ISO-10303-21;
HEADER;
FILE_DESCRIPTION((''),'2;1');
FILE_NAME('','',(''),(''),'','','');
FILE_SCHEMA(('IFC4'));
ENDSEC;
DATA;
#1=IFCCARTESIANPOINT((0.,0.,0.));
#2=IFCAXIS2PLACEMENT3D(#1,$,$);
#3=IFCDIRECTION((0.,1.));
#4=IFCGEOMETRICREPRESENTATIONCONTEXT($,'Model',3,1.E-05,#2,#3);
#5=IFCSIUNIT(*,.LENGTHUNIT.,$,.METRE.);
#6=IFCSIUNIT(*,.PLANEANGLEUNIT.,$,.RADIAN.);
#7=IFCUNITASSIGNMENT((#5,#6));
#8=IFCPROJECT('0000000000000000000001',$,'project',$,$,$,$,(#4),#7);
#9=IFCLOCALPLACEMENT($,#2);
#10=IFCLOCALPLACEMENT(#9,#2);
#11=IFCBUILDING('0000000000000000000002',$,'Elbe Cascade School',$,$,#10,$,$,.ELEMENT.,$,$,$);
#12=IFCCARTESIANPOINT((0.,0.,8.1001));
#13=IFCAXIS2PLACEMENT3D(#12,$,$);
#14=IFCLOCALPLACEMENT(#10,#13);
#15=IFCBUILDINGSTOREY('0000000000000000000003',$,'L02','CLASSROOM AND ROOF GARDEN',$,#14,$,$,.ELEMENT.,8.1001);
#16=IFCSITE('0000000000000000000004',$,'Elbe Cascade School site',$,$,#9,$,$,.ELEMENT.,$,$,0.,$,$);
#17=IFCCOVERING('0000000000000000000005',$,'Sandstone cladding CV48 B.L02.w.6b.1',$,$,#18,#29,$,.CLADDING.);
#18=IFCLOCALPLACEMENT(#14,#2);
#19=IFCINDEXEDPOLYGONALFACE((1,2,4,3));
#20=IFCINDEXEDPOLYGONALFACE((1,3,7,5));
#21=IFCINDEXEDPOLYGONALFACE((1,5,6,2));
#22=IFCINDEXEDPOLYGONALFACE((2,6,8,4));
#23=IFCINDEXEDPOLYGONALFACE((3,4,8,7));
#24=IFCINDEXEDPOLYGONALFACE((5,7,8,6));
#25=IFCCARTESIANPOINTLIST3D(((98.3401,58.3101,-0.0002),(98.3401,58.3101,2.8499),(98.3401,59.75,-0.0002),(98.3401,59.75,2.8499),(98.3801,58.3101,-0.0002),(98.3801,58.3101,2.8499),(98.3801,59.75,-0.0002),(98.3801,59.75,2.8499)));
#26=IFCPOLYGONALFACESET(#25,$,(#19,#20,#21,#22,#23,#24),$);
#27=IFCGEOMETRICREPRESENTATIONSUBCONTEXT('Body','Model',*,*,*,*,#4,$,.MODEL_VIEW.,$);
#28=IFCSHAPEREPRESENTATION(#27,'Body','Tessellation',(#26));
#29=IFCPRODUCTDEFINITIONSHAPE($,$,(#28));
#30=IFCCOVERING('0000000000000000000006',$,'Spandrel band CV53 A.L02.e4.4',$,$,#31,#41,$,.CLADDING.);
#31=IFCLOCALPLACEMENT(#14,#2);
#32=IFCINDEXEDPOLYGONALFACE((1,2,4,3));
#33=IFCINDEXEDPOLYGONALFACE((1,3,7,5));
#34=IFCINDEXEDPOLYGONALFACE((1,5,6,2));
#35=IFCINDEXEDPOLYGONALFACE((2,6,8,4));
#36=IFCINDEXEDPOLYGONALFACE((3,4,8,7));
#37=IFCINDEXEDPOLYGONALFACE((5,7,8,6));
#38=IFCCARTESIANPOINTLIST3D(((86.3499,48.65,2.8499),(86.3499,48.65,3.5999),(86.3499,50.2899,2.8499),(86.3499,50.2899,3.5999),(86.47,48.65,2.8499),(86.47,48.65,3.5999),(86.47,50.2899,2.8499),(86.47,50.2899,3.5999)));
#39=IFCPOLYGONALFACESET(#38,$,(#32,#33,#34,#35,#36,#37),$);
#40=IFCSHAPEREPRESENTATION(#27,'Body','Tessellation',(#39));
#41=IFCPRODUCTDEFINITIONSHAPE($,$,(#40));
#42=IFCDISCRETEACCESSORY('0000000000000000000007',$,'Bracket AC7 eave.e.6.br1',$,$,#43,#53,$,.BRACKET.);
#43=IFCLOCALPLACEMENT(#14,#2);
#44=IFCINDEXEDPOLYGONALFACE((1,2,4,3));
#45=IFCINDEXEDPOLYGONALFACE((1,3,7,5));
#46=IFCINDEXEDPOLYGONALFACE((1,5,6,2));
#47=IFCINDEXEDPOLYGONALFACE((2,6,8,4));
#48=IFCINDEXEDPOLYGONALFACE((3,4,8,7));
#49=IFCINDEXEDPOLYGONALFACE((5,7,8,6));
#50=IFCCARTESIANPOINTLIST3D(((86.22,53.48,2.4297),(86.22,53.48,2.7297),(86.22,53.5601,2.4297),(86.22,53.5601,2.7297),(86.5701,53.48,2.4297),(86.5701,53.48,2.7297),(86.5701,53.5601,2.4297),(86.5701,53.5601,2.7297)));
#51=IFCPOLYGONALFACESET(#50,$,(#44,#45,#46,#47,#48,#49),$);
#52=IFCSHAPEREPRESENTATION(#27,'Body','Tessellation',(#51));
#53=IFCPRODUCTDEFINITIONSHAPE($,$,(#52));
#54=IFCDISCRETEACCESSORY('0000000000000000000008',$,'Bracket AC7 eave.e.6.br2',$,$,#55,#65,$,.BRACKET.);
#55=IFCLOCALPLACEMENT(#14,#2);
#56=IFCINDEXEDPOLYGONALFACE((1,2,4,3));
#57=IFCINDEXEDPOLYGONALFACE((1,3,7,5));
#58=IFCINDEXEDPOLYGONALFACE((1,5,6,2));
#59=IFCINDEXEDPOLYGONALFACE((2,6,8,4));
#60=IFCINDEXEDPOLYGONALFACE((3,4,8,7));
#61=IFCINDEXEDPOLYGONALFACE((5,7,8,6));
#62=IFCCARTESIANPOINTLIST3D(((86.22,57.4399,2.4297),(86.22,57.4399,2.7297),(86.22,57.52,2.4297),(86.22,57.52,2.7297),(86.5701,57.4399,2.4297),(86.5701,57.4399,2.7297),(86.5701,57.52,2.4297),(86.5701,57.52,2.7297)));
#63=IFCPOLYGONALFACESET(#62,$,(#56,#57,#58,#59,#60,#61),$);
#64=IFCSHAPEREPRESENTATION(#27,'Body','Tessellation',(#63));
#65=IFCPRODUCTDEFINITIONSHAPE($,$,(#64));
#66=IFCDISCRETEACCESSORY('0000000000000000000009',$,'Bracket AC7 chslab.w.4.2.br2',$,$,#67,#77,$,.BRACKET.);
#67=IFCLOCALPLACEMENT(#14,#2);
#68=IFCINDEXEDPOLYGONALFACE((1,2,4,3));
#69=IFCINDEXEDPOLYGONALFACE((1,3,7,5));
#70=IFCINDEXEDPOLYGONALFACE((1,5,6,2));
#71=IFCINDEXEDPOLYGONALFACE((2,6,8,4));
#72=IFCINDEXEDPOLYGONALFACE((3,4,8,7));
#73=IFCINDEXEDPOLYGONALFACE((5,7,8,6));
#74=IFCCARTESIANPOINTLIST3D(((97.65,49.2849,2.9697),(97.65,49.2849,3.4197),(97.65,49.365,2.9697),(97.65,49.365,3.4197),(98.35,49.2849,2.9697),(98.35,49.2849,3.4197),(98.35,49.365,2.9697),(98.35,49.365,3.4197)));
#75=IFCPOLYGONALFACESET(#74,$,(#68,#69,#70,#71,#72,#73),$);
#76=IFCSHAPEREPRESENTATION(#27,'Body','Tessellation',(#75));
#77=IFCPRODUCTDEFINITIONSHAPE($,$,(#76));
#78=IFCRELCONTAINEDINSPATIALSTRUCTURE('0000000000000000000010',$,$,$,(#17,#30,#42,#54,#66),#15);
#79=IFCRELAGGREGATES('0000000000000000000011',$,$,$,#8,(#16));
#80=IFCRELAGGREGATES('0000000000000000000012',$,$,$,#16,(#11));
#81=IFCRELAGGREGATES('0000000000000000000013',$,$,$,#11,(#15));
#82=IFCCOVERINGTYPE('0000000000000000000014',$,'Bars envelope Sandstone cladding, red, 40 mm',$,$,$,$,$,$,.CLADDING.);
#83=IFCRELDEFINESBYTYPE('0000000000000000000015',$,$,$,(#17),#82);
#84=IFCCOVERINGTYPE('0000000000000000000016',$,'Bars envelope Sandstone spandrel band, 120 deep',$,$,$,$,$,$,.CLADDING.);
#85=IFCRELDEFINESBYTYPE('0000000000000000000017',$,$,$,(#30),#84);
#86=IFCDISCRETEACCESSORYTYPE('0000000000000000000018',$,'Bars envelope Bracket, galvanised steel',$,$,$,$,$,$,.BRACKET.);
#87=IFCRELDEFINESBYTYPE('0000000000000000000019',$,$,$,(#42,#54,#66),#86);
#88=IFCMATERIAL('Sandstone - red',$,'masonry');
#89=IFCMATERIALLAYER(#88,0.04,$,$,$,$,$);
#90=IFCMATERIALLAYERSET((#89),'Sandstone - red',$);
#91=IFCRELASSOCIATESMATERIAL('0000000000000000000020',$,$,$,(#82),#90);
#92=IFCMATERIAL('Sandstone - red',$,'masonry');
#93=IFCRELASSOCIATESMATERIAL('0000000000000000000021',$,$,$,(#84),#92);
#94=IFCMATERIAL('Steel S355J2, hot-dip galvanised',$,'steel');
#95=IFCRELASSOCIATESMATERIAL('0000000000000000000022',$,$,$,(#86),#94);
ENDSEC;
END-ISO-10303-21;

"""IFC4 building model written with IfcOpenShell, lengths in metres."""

from ifc_helpers import new_model, si_unit, direction, frame, origin, origin_2d, place, context, subcontext, project, spatial, rectangle, extrude, material, layer, layer_set, type_object, element, save


model = new_model("IFC4")

# Units and contexts
model_context = context("Model", 3, precision=1e-05, world=origin(), true_north=direction((0.0, 1.0)))
body_context = subcontext(model_context, "Body", "Model", "MODEL_VIEW")
ifc_project = project(units=[si_unit("LENGTHUNIT", "METRE"), si_unit("PLANEANGLEUNIT", "RADIAN")], contexts=[model_context])

# Site, building, storey
site_placement = place(None, origin())
site = spatial("IfcSite", under=ifc_project, at=site_placement, Name="Elbe Cascade School site", CompositionType="ELEMENT", RefElevation=0.0)
building_placement = place(site_placement, origin())
building = spatial("IfcBuilding", under=site, at=building_placement, Name="Elbe Cascade School", CompositionType="ELEMENT")
storey_placement = place(building_placement, frame((0.0, 0.0, 8.1001)))
storey = spatial("IfcBuildingStorey", under=building, at=storey_placement, Name="L02", Description="CLASSROOM AND ROOF GARDEN", CompositionType="ELEMENT", Elevation=8.1001)

# Coverings
ifc_material_1 = material(Name="Sandstone - red", Category="masonry")
ifc_layer_1 = layer(ifc_material_1, 0.04)
ifc_layer_set_1 = layer_set([ifc_layer_1], Name="Sandstone - red")
covering_type_1 = type_object("IfcCoveringType", Name="Bars envelope Sandstone cladding, red, 40 mm", PredefinedType="CLADDING", material=ifc_layer_set_1)
covering_1_placement = place(storey_placement, frame((98.3601, 59.03, -0.0002), z_axis=(0.0, 0.0, 1.0), x_axis=(0.0, 1.0, 0.0)))
element("IfcCovering", 1, at=covering_1_placement, inside=storey, type_object=covering_type_1, Name="Sandstone cladding CV48 B.L02.w.6b.1", PredefinedType="CLADDING", context=body_context, shape_type="SweptSolid", body=[
    extrude(rectangle(XDim=1.4399, YDim=0.04, at=origin_2d()), origin(), (0.0, 0.0, 1.0), 2.8501),
])
ifc_material_2 = material(Name="Sandstone - red", Category="masonry")
covering_type_2 = type_object("IfcCoveringType", Name="Bars envelope Sandstone spandrel band, 120 deep", PredefinedType="CLADDING", material=ifc_material_2)
covering_2_placement = place(storey_placement, frame((86.4099, 49.47, 2.8499), z_axis=(0.0, 0.0, 1.0), x_axis=(0.0, 1.0, 0.0)))
element("IfcCovering", 2, at=covering_2_placement, inside=storey, type_object=covering_type_2, Name="Spandrel band CV53 A.L02.e4.4", PredefinedType="CLADDING", context=body_context, shape_type="SweptSolid", body=[
    extrude(rectangle(XDim=1.6399, YDim=0.1201, at=origin_2d()), origin(), (0.0, 0.0, 1.0), 0.75),
])

# Discrete accessories
ifc_material_3 = material(Name="Steel S355J2, hot-dip galvanised", Category="steel")
discrete_accessory_type = type_object("IfcDiscreteAccessoryType", Name="Bars envelope Bracket, galvanised steel", PredefinedType="BRACKET", material=ifc_material_3)
for number, where, z_axis, x_axis, name in (
    (3, (86.395, 53.52, 2.4297), (0.0, 0.0, 1.0), (0.0, 1.0, 0.0), "Bracket AC7 eave.e.6.br1"),
    (4, (86.395, 57.48, 2.4297), (0.0, 0.0, 1.0), (0.0, 1.0, 0.0), "Bracket AC7 eave.e.6.br2"),
):
    element("IfcDiscreteAccessory", number, at=place(storey_placement, frame(where, z_axis=z_axis, x_axis=x_axis)), inside=storey, type_object=discrete_accessory_type, Name=name, PredefinedType="BRACKET", context=body_context, shape_type="SweptSolid", body=[
        extrude(rectangle(XDim=0.0801, YDim=0.3501, at=origin_2d()), origin(), (0.0, 0.0, 1.0), 0.3),
    ])
discrete_accessory_placement = place(storey_placement, frame((98.0, 49.325, 2.9697), z_axis=(0.0, 0.0, 1.0), x_axis=(0.0, 1.0, 0.0)))
element("IfcDiscreteAccessory", 5, at=discrete_accessory_placement, inside=storey, type_object=discrete_accessory_type, Name="Bracket AC7 chslab.w.4.2.br2", PredefinedType="BRACKET", context=body_context, shape_type="SweptSolid", body=[
    extrude(rectangle(XDim=0.0801, YDim=0.7, at=origin_2d()), origin(), (0.0, 0.0, 1.0), 0.45),
])

save(model, "model.ifc")
